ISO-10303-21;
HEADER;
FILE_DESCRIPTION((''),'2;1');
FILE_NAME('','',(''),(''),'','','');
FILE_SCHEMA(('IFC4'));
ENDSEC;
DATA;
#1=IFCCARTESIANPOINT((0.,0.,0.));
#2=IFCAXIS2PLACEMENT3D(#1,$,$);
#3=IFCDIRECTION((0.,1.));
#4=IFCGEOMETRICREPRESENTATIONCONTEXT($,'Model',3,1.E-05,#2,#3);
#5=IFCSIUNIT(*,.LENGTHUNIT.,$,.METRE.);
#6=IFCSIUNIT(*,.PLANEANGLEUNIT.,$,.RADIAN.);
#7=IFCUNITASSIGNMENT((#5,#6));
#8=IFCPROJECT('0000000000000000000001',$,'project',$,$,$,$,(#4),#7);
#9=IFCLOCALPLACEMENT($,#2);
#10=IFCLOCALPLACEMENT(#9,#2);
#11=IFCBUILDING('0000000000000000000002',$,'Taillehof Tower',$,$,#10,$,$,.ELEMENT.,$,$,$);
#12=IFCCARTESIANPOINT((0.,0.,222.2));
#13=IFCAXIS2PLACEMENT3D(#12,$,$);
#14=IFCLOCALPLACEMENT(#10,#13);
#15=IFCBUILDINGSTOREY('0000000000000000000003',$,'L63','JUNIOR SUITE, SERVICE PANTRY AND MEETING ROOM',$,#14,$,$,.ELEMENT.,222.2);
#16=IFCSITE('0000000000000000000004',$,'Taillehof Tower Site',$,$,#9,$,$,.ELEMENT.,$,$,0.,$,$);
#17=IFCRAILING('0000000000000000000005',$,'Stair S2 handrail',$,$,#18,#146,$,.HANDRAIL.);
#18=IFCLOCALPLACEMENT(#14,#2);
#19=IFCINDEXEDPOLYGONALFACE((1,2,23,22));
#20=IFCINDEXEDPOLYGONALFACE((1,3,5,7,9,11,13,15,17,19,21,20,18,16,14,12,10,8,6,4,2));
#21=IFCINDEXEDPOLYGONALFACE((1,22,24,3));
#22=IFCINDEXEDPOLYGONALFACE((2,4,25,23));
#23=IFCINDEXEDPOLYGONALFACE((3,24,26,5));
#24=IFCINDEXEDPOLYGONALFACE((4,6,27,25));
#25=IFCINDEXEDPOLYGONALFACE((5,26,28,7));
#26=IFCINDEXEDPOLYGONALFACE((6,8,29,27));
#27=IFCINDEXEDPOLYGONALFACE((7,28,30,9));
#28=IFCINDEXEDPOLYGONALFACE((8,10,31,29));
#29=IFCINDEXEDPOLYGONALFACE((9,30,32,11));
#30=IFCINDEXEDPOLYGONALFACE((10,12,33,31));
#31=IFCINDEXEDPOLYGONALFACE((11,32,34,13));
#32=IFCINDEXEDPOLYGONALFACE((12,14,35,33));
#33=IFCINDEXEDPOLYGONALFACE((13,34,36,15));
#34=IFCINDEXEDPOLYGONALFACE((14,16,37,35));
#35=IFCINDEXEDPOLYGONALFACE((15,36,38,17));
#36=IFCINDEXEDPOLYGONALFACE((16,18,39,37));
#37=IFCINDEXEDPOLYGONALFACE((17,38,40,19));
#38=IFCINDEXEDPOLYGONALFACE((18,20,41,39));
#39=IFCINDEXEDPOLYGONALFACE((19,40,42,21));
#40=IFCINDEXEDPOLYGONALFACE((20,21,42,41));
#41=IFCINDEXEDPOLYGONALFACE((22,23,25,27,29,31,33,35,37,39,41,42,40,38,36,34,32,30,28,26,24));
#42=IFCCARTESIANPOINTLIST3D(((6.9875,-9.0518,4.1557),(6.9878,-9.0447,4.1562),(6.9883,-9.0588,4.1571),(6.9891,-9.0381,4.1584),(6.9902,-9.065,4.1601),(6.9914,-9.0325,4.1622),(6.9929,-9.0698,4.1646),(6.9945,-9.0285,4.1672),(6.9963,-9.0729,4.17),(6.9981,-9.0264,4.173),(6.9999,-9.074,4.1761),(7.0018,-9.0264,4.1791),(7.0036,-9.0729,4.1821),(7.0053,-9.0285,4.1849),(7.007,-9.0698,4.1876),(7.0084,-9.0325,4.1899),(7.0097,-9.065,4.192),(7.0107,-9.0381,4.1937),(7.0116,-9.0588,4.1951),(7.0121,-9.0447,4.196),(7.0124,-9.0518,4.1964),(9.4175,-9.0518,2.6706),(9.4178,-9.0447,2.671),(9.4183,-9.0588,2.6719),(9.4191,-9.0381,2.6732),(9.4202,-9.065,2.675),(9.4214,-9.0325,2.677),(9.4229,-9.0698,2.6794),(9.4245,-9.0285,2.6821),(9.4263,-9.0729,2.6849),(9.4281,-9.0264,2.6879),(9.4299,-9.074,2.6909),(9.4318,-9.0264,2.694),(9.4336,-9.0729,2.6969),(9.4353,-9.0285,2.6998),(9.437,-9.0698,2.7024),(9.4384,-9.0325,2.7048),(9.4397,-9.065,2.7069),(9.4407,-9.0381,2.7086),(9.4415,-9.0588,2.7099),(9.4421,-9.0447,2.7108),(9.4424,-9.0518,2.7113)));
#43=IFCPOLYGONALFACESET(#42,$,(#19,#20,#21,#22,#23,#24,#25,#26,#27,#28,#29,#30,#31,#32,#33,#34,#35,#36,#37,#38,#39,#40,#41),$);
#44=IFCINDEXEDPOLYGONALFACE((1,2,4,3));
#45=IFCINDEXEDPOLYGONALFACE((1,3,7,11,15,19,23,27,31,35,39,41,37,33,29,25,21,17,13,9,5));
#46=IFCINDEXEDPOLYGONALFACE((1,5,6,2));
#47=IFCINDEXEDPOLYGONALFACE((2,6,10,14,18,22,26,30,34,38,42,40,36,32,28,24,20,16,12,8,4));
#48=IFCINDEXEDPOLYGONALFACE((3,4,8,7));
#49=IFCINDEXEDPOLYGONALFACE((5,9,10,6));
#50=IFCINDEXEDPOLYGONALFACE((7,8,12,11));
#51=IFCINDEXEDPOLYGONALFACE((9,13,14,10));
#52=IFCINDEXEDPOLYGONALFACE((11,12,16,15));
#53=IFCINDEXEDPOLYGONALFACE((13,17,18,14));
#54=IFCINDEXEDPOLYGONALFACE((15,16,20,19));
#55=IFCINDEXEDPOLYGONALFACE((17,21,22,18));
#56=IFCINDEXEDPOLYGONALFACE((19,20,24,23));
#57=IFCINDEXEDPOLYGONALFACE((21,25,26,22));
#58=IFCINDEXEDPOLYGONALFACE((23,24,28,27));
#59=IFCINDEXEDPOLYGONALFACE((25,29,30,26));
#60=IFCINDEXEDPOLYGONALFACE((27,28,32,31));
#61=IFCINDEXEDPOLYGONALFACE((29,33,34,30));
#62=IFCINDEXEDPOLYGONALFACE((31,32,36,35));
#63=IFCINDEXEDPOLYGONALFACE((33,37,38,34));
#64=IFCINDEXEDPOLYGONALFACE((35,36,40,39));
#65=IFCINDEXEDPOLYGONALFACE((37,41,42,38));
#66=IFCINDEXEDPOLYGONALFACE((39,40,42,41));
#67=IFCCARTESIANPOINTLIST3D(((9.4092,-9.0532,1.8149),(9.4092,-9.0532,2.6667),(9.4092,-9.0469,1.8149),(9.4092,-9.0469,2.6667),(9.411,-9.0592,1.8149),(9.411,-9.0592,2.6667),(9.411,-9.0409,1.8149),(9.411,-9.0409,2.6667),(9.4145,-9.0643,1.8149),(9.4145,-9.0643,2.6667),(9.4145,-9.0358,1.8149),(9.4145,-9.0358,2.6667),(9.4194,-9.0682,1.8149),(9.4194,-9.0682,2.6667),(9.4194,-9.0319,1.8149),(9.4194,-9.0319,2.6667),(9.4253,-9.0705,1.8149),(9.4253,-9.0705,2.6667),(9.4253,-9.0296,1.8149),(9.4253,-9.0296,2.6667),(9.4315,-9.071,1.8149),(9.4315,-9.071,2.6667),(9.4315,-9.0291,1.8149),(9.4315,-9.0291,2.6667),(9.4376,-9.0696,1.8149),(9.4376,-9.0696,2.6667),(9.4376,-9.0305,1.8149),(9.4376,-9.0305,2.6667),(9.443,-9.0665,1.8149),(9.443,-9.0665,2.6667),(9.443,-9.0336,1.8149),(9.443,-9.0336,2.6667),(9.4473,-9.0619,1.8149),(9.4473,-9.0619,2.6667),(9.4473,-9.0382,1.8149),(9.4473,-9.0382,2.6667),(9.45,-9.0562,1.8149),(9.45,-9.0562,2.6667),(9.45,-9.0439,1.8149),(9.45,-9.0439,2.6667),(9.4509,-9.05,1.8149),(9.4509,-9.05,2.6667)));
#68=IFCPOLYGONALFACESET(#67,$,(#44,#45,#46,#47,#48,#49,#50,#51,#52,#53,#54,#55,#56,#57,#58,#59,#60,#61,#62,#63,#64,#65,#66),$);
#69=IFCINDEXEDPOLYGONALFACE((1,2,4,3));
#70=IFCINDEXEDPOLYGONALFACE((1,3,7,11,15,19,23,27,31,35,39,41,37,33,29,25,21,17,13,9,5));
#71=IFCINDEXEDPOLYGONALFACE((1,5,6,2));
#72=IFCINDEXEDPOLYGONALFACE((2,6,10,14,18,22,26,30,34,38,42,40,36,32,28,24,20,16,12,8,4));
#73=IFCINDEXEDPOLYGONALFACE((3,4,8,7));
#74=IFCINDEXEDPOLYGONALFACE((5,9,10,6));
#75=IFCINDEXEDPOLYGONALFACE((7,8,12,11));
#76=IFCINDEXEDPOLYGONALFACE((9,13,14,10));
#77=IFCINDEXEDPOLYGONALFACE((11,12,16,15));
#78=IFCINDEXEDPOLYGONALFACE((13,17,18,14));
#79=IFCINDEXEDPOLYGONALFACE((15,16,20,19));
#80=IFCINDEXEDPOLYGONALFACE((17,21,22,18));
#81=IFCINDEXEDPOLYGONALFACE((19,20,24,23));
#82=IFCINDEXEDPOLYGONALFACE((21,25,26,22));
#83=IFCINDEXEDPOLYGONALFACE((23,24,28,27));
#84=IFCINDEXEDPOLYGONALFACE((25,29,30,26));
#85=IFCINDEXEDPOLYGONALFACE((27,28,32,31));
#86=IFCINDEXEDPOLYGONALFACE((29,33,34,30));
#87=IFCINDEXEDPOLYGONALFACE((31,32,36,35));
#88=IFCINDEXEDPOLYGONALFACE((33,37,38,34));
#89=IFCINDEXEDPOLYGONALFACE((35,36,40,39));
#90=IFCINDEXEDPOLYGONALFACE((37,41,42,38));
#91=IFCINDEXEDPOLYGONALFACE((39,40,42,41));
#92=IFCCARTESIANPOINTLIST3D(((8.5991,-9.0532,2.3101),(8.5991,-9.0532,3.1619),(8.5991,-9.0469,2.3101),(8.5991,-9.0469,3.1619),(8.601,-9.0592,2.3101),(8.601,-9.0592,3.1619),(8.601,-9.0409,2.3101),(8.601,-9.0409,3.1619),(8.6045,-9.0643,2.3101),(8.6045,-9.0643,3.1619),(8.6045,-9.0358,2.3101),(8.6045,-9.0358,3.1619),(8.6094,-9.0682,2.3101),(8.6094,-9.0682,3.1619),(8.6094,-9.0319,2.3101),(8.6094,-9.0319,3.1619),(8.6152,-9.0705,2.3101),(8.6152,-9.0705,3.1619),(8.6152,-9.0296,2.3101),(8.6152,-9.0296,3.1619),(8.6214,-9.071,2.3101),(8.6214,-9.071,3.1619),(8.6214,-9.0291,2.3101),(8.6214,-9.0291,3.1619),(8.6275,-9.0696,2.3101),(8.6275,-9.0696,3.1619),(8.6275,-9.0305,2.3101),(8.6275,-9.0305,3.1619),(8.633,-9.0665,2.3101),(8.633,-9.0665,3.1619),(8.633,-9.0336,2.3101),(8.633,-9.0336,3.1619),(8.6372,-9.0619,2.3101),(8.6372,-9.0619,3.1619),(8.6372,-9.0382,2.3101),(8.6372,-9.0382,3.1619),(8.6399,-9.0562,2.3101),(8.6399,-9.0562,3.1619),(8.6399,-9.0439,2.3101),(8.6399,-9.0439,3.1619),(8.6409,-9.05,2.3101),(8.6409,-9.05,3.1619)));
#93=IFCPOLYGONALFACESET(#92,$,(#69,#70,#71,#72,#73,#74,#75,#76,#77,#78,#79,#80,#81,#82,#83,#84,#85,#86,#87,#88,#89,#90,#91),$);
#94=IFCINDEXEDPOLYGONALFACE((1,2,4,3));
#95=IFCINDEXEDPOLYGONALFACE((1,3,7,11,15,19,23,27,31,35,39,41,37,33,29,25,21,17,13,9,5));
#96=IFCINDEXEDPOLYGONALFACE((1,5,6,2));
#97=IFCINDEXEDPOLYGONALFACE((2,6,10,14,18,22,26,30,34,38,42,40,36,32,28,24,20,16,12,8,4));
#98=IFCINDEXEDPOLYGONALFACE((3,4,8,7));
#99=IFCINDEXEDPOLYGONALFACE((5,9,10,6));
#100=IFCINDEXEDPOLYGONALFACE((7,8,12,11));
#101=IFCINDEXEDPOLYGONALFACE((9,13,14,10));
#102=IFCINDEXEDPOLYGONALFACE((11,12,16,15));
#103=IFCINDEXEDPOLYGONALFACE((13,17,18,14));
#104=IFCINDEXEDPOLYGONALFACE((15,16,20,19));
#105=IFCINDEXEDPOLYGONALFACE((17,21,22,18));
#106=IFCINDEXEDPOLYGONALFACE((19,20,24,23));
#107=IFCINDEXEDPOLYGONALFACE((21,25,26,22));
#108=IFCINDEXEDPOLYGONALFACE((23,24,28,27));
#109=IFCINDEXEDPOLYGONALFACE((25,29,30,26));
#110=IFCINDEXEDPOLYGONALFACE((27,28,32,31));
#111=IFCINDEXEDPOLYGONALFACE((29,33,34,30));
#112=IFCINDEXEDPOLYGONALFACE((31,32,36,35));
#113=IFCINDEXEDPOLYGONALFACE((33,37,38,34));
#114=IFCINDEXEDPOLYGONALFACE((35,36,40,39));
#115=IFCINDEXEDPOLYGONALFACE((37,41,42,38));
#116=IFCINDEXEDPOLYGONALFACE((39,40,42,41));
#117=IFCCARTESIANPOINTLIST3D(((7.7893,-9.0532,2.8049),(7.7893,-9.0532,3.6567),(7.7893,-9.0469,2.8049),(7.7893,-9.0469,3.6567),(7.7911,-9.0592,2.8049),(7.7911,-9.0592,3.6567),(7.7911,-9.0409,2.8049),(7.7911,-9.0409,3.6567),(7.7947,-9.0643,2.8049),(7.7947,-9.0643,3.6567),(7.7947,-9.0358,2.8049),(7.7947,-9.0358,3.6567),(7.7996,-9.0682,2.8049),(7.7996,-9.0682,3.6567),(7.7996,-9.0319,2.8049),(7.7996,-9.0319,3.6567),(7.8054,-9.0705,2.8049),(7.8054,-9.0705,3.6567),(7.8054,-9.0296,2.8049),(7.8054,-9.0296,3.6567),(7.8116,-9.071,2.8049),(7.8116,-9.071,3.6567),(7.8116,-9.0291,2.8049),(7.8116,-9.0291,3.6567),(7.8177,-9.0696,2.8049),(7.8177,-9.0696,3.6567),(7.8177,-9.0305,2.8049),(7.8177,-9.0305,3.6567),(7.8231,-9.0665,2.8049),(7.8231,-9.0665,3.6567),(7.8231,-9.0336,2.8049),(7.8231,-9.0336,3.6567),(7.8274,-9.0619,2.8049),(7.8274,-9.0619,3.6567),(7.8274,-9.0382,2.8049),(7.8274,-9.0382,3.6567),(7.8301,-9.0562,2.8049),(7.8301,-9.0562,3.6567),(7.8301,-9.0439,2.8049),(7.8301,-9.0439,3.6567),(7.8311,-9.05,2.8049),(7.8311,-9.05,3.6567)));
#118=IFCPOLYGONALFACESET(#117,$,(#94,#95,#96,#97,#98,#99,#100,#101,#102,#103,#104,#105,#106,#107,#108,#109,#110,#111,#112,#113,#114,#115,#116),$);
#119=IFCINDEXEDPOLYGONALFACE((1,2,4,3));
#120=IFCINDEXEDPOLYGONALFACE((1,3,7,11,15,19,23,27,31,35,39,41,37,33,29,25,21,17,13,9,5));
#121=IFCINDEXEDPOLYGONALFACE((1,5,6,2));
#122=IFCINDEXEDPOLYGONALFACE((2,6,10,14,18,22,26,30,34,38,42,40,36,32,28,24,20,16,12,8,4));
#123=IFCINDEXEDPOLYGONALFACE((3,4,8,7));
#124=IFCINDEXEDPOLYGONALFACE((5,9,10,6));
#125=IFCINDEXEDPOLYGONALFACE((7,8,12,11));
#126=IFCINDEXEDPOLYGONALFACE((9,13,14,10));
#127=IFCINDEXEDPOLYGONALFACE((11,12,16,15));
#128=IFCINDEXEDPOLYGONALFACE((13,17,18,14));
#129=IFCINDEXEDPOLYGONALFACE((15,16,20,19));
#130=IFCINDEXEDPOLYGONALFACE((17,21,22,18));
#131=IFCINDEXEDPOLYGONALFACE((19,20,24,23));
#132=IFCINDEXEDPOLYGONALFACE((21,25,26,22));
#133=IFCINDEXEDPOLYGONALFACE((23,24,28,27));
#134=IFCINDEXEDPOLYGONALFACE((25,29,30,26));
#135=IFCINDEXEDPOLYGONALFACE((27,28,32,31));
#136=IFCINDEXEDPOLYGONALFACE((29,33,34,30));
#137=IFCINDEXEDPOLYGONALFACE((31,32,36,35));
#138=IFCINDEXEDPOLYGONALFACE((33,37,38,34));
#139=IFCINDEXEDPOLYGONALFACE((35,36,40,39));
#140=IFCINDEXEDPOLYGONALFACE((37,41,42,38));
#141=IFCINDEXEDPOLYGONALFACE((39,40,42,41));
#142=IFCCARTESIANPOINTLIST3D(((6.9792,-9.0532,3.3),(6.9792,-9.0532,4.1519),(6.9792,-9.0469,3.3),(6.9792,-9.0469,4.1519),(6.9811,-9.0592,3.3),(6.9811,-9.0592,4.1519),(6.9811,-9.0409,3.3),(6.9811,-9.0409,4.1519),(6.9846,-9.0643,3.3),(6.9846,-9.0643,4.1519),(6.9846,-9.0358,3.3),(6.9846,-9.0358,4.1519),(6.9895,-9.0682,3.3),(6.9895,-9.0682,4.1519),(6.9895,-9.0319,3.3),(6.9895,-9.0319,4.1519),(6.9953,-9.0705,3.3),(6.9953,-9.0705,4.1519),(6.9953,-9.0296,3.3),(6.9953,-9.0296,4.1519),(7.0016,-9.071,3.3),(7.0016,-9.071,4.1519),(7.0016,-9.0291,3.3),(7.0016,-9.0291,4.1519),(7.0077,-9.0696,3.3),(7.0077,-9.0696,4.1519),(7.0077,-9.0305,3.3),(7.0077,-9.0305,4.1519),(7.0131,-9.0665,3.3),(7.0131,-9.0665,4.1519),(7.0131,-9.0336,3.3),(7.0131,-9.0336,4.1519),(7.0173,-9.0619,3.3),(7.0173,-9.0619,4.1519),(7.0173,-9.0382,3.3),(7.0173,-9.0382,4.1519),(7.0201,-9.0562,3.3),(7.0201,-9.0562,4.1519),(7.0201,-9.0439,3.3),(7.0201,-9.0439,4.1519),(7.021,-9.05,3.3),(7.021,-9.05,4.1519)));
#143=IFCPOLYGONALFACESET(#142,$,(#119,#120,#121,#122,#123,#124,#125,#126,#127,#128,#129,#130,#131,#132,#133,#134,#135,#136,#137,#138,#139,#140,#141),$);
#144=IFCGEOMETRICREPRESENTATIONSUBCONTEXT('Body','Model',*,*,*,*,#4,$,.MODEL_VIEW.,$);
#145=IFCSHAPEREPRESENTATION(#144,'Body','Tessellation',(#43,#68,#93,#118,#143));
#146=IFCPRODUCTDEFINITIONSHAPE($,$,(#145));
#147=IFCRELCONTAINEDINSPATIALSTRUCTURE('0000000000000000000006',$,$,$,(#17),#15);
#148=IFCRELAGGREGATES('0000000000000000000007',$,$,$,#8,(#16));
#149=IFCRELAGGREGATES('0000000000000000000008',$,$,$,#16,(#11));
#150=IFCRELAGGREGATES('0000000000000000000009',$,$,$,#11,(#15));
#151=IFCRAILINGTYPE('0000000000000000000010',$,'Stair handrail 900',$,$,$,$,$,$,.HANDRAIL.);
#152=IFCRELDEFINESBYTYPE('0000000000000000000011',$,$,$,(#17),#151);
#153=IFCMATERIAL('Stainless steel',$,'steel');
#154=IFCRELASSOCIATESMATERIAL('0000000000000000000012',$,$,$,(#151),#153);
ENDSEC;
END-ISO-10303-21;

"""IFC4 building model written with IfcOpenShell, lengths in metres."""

from ifc_helpers import new_model, si_unit, direction, frame, origin, origin_2d, place, context, subcontext, project, spatial, circle, extrude, material, type_object, element, save


model = new_model("IFC4")

# Units and contexts
model_context = context("Model", 3, precision=1e-05, world=origin(), true_north=direction((0.0, 1.0)))
body_context = subcontext(model_context, "Body", "Model", "MODEL_VIEW")
ifc_project = project(units=[si_unit("LENGTHUNIT", "METRE"), si_unit("PLANEANGLEUNIT", "RADIAN")], contexts=[model_context])

# Site, building, storey
site_placement = place(None, origin())
site = spatial("IfcSite", under=ifc_project, at=site_placement, Name="Taillehof Tower Site", CompositionType="ELEMENT", RefElevation=0.0)
building_placement = place(site_placement, origin())
building = spatial("IfcBuilding", under=site, at=building_placement, Name="Taillehof Tower", CompositionType="ELEMENT")
storey_placement = place(building_placement, frame((0.0, 0.0, 222.2)))
storey = spatial("IfcBuildingStorey", under=building, at=storey_placement, Name="L63", Description="JUNIOR SUITE, SERVICE PANTRY AND MEETING ROOM", CompositionType="ELEMENT", Elevation=222.2)

# Railing
ifc_material_1 = material(Name="Stainless steel", Category="steel")
railing_type = type_object("IfcRailingType", Name="Stair handrail 900", PredefinedType="HANDRAIL", material=ifc_material_1)
railing_placement = place(storey_placement, frame((9.4299, -9.05, 1.8149)))
element("IfcRailing", 1, at=railing_placement, inside=storey, type_object=railing_type, Name="Stair S2 handrail", PredefinedType="HANDRAIL", context=body_context, shape_type="SweptSolid", body=[
    extrude(circle(Radius=0.0239, at=origin_2d()), frame((0.0, 0.0, 0.876), z_axis=(-0.853259, 0.0, 0.521488), x_axis=(0.0, -1.0, 0.0)), (0.0, 0.0, 1.0), 2.8479),
    extrude(circle(Radius=0.021, at=origin_2d()), origin(), (0.0, 0.0, 1.0), 0.8518),
    extrude(circle(Radius=0.021, at=origin_2d()), frame((-0.8101, 0.0, 0.4951)), (0.0, 0.0, 1.0), 0.8518),
    extrude(circle(Radius=0.021, at=origin_2d()), frame((-1.6199, 0.0, 0.99)), (0.0, 0.0, 1.0), 0.8518),
    extrude(circle(Radius=0.021, at=origin_2d()), frame((-2.4299, 0.0, 1.4851)), (0.0, 0.0, 1.0), 0.8518),
])

save(model, "model.ifc")
